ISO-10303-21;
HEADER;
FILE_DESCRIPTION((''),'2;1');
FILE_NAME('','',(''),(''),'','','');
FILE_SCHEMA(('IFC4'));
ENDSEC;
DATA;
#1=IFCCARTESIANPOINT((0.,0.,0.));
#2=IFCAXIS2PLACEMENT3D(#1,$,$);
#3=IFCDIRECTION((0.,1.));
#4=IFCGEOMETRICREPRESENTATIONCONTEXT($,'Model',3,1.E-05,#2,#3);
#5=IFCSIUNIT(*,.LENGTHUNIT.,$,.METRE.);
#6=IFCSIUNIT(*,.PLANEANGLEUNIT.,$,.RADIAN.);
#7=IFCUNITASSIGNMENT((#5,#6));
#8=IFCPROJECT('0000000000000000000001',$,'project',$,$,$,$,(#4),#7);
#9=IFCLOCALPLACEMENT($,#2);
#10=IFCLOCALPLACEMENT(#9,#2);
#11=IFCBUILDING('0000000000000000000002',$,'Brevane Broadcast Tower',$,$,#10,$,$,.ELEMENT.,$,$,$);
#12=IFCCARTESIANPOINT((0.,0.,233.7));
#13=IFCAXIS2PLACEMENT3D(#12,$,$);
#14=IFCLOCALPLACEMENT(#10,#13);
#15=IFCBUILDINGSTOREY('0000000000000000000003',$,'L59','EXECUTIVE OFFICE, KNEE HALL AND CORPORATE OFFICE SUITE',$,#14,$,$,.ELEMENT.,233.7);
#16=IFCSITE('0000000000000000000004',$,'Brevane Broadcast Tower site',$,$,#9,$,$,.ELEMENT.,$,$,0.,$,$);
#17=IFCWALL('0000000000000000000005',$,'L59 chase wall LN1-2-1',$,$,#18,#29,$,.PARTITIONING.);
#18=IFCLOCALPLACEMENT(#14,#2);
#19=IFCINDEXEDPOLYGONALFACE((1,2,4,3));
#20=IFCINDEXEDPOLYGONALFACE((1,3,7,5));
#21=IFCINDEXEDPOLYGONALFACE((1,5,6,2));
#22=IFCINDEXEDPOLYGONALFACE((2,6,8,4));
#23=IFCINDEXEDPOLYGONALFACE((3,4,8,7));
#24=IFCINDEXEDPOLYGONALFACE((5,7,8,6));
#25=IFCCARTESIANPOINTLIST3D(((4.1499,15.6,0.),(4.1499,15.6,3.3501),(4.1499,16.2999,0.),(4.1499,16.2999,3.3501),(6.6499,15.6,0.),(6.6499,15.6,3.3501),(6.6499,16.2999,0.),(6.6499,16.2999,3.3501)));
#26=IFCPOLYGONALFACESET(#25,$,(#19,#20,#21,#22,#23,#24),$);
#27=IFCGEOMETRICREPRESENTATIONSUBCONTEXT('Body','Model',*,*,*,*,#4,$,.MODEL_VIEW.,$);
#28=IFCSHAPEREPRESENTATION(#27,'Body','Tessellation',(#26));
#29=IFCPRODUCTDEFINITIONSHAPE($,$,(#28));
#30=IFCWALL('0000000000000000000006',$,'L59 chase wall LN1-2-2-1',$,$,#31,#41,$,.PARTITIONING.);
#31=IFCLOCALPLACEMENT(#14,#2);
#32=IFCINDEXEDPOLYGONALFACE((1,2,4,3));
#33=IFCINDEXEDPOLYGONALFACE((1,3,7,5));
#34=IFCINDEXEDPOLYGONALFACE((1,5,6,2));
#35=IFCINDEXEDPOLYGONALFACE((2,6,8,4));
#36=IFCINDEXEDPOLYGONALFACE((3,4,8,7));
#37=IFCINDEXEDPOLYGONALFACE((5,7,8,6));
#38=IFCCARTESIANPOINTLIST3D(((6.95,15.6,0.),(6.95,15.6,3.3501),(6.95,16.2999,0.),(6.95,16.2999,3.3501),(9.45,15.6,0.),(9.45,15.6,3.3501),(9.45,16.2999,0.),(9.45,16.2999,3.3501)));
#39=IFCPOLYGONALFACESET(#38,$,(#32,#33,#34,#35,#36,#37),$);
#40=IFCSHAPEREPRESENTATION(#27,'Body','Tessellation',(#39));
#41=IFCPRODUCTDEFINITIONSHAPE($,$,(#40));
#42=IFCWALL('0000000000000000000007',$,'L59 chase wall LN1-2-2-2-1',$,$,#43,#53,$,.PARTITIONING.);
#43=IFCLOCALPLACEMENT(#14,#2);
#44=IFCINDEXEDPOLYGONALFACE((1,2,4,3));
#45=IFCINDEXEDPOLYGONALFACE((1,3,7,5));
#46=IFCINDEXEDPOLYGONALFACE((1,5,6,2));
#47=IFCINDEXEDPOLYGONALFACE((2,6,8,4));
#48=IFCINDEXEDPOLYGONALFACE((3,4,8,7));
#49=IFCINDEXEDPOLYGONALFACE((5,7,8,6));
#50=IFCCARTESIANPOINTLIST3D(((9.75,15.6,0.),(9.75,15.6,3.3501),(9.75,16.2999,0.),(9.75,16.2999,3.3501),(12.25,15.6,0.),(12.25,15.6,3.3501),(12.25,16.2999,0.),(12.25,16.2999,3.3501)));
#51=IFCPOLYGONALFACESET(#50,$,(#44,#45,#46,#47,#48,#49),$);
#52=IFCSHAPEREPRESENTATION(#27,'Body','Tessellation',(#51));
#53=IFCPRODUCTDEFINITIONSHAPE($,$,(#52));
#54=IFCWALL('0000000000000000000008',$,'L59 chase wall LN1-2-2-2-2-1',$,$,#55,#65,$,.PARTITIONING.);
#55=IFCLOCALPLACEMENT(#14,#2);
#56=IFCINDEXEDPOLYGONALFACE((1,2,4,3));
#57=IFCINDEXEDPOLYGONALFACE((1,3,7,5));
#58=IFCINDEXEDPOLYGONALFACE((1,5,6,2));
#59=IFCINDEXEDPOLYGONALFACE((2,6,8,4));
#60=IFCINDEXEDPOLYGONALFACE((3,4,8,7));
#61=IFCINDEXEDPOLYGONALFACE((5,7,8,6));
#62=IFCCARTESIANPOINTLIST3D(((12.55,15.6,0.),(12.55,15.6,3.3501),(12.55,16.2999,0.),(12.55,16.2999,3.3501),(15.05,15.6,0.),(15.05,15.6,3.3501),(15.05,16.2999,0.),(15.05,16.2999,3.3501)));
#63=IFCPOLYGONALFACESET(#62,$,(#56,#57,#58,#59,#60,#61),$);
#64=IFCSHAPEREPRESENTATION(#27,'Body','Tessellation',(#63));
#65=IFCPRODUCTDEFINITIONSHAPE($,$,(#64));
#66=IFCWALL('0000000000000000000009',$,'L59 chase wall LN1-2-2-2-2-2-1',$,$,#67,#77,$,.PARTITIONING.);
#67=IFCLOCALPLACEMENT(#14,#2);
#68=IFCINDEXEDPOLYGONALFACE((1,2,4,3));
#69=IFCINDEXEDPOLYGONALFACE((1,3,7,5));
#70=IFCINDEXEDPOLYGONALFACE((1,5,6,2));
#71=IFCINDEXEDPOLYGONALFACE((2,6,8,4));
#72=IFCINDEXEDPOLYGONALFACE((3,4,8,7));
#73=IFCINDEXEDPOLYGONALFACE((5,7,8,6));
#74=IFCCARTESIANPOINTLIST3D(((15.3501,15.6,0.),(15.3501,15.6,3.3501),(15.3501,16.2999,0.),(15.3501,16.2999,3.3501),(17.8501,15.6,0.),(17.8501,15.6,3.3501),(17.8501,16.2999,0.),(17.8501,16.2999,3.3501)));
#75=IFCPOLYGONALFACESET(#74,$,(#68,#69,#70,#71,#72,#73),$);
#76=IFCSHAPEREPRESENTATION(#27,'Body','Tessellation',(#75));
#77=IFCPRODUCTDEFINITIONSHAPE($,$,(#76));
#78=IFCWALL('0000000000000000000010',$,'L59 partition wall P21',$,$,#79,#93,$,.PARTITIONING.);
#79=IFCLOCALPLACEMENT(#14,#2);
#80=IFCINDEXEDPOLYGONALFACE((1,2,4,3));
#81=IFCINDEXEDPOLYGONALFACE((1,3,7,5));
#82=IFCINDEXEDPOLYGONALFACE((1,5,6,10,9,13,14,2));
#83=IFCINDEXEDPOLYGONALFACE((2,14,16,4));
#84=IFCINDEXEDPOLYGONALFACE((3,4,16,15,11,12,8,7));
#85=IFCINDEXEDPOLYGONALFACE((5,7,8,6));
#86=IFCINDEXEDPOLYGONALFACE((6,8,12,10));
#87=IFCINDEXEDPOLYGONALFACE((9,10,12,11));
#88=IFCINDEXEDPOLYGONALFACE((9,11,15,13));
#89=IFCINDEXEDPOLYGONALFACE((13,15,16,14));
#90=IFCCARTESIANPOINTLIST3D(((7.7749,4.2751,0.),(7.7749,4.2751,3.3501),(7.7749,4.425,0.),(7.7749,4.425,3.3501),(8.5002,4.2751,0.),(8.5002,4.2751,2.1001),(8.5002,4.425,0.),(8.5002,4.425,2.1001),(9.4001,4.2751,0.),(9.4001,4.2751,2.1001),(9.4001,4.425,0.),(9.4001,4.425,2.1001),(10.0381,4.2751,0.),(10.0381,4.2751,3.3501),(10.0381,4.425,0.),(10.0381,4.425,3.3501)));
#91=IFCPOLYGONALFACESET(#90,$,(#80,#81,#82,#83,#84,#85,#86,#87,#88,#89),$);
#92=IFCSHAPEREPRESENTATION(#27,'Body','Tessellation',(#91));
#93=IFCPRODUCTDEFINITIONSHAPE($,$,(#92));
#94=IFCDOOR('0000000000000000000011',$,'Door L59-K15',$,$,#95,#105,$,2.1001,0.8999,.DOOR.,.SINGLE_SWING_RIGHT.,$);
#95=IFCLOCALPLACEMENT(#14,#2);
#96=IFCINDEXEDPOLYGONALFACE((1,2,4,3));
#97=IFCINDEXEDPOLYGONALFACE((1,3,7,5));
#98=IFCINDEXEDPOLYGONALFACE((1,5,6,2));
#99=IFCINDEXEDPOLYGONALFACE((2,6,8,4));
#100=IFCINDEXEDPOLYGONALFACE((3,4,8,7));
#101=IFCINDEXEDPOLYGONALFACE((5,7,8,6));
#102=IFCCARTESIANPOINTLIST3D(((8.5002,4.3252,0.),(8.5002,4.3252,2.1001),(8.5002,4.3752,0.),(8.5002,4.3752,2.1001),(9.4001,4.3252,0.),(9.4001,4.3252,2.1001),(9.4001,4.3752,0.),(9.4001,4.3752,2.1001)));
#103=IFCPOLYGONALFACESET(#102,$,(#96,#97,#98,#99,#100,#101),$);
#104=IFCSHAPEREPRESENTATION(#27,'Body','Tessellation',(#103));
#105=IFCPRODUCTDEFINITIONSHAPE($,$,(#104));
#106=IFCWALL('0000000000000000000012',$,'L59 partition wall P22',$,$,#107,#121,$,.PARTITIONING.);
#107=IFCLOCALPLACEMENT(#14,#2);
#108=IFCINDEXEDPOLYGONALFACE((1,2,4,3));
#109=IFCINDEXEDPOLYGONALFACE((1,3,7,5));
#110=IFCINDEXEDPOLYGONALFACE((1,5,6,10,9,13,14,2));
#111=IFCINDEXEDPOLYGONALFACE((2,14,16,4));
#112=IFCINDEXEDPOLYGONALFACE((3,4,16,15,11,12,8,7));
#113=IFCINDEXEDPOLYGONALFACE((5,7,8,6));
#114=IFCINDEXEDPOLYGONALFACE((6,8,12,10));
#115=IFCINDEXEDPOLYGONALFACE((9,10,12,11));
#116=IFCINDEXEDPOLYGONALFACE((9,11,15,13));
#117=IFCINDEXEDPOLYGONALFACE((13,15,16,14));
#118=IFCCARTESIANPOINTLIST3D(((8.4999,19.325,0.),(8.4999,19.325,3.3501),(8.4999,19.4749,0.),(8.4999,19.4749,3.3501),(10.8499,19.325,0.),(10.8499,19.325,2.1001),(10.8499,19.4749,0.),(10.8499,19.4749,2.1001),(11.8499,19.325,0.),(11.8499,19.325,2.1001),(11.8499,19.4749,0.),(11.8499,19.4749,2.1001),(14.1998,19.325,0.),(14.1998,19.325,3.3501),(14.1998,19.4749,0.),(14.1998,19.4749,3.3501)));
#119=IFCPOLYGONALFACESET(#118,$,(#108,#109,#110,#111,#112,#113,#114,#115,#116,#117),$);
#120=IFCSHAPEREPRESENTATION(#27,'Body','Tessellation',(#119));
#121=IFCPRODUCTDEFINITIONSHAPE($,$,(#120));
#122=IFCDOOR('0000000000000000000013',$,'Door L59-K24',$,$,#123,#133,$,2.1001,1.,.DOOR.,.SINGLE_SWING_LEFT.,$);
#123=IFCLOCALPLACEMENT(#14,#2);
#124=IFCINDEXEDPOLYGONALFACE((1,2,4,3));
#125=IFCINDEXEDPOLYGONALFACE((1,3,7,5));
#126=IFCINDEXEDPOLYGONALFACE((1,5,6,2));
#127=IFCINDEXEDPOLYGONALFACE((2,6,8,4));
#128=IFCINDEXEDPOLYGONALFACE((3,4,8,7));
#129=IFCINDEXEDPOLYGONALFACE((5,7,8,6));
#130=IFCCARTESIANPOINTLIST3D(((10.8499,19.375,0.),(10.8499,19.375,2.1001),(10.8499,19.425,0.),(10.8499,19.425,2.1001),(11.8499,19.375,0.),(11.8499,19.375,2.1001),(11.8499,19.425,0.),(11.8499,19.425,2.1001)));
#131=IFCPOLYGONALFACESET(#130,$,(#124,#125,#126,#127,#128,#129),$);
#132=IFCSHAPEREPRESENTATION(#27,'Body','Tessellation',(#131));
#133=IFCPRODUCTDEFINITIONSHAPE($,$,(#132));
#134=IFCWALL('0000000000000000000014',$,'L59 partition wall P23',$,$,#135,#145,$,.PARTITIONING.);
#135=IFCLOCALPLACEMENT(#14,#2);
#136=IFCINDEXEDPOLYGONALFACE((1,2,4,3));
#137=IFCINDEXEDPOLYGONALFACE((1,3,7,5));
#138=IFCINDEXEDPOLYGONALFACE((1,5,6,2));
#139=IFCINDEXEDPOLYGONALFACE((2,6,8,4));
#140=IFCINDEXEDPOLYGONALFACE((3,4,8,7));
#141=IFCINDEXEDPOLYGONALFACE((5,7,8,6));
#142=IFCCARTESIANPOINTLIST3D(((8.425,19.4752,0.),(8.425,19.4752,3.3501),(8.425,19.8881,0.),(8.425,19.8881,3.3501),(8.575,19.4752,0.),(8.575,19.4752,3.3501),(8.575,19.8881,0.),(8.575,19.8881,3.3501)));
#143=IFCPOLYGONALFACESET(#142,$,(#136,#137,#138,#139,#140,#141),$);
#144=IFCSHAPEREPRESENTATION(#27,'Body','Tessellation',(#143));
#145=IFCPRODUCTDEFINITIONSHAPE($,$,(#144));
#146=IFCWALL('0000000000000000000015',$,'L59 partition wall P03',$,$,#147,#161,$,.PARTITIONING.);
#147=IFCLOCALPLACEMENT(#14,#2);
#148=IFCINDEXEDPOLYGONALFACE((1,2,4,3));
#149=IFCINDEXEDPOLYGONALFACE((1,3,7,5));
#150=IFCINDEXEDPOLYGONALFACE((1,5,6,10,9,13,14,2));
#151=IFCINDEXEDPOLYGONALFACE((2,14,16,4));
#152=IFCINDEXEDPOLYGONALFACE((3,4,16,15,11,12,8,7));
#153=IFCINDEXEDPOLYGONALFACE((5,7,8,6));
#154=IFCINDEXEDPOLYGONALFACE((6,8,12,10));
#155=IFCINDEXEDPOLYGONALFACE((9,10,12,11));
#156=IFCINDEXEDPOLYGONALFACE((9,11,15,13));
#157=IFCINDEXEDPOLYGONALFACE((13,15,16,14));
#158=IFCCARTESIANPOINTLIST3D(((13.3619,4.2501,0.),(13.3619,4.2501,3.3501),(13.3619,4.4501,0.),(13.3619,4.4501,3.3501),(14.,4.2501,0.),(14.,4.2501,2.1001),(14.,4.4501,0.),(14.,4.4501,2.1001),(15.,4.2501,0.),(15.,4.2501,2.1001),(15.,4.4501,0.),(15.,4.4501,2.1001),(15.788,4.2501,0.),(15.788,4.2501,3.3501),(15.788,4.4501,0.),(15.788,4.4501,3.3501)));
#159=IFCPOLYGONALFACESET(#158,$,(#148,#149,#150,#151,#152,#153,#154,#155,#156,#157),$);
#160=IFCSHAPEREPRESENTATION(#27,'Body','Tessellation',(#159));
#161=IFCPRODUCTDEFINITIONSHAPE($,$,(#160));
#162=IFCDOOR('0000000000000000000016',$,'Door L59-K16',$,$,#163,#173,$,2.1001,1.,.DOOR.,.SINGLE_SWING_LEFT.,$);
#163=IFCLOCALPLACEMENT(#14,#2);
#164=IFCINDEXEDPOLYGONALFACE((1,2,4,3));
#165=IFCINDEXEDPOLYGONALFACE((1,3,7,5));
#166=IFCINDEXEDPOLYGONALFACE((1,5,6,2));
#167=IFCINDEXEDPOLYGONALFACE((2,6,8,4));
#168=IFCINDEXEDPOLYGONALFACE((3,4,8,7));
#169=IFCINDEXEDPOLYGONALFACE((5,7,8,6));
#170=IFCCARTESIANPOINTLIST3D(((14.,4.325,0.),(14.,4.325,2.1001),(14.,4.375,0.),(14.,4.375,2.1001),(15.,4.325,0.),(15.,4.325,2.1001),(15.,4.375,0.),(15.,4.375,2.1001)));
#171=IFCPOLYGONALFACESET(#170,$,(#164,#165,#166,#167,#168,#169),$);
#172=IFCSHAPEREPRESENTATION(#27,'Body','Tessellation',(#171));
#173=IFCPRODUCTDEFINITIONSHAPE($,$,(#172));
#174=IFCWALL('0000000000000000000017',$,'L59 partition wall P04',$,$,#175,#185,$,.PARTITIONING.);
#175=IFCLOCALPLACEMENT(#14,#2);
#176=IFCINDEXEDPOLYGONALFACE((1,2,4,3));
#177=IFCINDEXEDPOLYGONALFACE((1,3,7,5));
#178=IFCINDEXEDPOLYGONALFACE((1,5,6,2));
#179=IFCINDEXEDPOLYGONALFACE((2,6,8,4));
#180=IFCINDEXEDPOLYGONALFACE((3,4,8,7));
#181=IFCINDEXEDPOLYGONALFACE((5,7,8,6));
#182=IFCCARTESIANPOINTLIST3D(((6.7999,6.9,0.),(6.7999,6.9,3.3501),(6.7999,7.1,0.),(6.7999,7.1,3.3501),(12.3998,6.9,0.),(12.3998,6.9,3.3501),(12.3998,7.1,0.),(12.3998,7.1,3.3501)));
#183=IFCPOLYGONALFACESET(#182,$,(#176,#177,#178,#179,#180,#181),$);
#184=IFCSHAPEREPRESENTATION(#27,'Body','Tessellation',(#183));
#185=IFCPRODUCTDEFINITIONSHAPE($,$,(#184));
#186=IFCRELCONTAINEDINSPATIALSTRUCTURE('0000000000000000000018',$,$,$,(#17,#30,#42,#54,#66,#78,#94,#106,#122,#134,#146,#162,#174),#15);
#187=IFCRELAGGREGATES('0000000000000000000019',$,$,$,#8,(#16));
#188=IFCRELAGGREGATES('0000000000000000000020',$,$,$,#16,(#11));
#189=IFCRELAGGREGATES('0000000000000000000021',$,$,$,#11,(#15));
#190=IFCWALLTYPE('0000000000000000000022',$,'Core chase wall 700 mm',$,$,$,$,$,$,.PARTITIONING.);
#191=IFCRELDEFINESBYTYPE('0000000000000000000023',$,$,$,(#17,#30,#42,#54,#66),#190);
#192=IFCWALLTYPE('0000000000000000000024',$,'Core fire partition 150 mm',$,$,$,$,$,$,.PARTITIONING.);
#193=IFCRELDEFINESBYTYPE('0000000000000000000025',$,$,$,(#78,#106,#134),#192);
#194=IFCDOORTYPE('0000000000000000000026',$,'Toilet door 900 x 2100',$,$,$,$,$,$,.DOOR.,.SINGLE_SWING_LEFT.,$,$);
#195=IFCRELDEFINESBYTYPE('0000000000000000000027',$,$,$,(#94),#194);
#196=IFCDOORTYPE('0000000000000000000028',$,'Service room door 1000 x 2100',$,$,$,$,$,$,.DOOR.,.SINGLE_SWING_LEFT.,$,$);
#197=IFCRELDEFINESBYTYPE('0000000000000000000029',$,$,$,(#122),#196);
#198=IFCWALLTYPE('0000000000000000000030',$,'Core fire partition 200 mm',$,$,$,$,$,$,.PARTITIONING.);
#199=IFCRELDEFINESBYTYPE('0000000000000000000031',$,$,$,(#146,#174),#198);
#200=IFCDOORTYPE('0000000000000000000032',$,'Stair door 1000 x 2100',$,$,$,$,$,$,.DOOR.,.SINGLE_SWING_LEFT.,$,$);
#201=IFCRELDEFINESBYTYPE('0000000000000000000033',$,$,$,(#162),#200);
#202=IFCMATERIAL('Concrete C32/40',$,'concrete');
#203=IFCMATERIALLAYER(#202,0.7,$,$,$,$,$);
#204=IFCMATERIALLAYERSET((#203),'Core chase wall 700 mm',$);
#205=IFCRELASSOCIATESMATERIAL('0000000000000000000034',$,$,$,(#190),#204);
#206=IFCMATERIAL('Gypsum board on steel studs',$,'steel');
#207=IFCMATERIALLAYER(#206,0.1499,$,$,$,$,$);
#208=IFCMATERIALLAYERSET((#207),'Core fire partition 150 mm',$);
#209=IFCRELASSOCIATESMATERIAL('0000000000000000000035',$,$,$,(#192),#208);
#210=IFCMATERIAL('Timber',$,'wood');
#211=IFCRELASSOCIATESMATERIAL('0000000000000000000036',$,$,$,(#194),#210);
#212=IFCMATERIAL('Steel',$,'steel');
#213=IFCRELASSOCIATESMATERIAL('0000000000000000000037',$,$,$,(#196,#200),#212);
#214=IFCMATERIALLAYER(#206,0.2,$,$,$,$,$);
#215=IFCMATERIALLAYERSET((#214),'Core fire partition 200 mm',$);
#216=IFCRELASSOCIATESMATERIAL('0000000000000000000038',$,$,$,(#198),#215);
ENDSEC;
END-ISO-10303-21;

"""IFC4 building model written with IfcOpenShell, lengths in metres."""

from ifc_helpers import new_model, si_unit, direction, frame, frame_2d, origin, place, context, subcontext, project, spatial, rectangle, extrude, material, layer, layer_set, type_object, element, fill, save


model = new_model("IFC4")

# Units and contexts
model_context = context("Model", 3, precision=1e-05, world=origin(), true_north=direction((0.0, 1.0)))
body_context = subcontext(model_context, "Body", "Model", "MODEL_VIEW")
ifc_project = project(units=[si_unit("LENGTHUNIT", "METRE"), si_unit("PLANEANGLEUNIT", "RADIAN")], contexts=[model_context])

# Site, building, storey
site_placement = place(None, origin())
site = spatial("IfcSite", under=ifc_project, at=site_placement, Name="Brevane Broadcast Tower site", CompositionType="ELEMENT", RefElevation=0.0)
building_placement = place(site_placement, origin())
building = spatial("IfcBuilding", under=site, at=building_placement, Name="Brevane Broadcast Tower", CompositionType="ELEMENT")
storey_placement = place(building_placement, frame((0.0, 0.0, 233.7)))
storey = spatial("IfcBuildingStorey", under=building, at=storey_placement, Name="L59", Description="EXECUTIVE OFFICE, KNEE HALL AND CORPORATE OFFICE SUITE", CompositionType="ELEMENT", Elevation=233.7)

# Walls
ifc_material_1 = material(Name="Concrete C32/40", Category="concrete")
ifc_layer_1 = layer(ifc_material_1, 0.7)
ifc_layer_set_1 = layer_set([ifc_layer_1], Name="Core chase wall 700 mm")
wall_type_1 = type_object("IfcWallType", Name="Core chase wall 700 mm", PredefinedType="PARTITIONING", material=ifc_layer_set_1)
for number, where, z_axis, x_axis, name in (
    (1, (4.1499, 15.95, 0.0), (0.0, 0.0, 1.0), (1.0, 0.0, 0.0), "L59 chase wall LN1-2-1"),
    (2, (6.95, 15.95, 0.0), (0.0, 0.0, 1.0), (1.0, 0.0, 0.0), "L59 chase wall LN1-2-2-1"),
    (3, (9.75, 15.95, 0.0), (0.0, 0.0, 1.0), (1.0, 0.0, 0.0), "L59 chase wall LN1-2-2-2-1"),
    (4, (12.55, 15.95, 0.0), (0.0, 0.0, 1.0), (1.0, 0.0, 0.0), "L59 chase wall LN1-2-2-2-2-1"),
    (5, (15.3501, 15.95, 0.0), (0.0, 0.0, 1.0), (1.0, 0.0, 0.0), "L59 chase wall LN1-2-2-2-2-2-1"),
):
    element("IfcWall", number, at=place(storey_placement, frame(where, z_axis=z_axis, x_axis=x_axis)), inside=storey, type_object=wall_type_1, Name=name, PredefinedType="PARTITIONING", context=body_context, shape_type="SweptSolid", body=[
        extrude(rectangle(XDim=2.5, YDim=0.7, at=frame_2d((1.25, 0.0))), origin(), (0.0, 0.0, 1.0), 3.3501),
    ])

# Walls, openings, doors
ifc_material_2 = material(Name="Gypsum board on steel studs", Category="steel")
ifc_layer_2 = layer(ifc_material_2, 0.1499)
ifc_layer_set_2 = layer_set([ifc_layer_2], Name="Core fire partition 150 mm")
wall_type_2 = type_object("IfcWallType", Name="Core fire partition 150 mm", PredefinedType="PARTITIONING", material=ifc_layer_set_2)
wall_1_placement = place(storey_placement, frame((10.0381, 4.3501, 0.0), z_axis=(0.0, 0.0, 1.0), x_axis=(-1.0, 0.0, 0.0)))
wall_1 = element("IfcWall", 6, at=wall_1_placement, inside=storey, type_object=wall_type_2, Name="L59 partition wall P21", PredefinedType="PARTITIONING", context=body_context, shape_type="SweptSolid", body=[
    extrude(rectangle(XDim=2.2632, YDim=0.1499, at=frame_2d((1.1316, 0.0))), origin(), (0.0, 0.0, 1.0), 3.3501),
])
opening_1_placement = place(wall_1_placement, frame((0.6379, 0.0, 0.0)))
opening_1 = element("IfcOpeningElement", 7, at=opening_1_placement, cuts=wall_1, PredefinedType="OPENING", context=body_context, shape_type="SweptSolid", body=[
    extrude(rectangle(XDim=0.8999, YDim=2.1001, at=frame_2d((0.45, 1.05))), frame((0.0, 0.085, 0.0), z_axis=(0.0, -1.0, 0.0), x_axis=(1.0, 0.0, 0.0)), (0.0, 0.0, 1.0), 0.1699),
])
ifc_material_3 = material(Name="Timber", Category="wood")
door_type_1 = type_object("IfcDoorType", Name="Toilet door 900 x 2100", OperationType="SINGLE_SWING_LEFT", PredefinedType="DOOR", material=ifc_material_3)
door_1_placement = place(opening_1_placement, origin())
door_1 = element("IfcDoor", 8, at=door_1_placement, inside=storey, type_object=door_type_1, Name="Door L59-K15", OperationType="SINGLE_SWING_RIGHT", OverallHeight=2.1001, OverallWidth=0.8999, PredefinedType="DOOR", context=body_context, shape_type="SweptSolid", body=[
    extrude(rectangle(XDim=0.8999, YDim=2.1001, at=frame_2d((0.45, 1.05))), frame((0.0, 0.0249, 0.0), z_axis=(0.0, -1.0, 0.0), x_axis=(1.0, 0.0, 0.0)), (0.0, 0.0, 1.0), 0.05),
])
fill(opening_1, door_1)
wall_2_placement = place(storey_placement, frame((14.2, 19.3999, 0.0), z_axis=(0.0, 0.0, 1.0), x_axis=(-1.0, 0.0, 0.0)))
wall_2 = element("IfcWall", 9, at=wall_2_placement, inside=storey, type_object=wall_type_2, Name="L59 partition wall P22", PredefinedType="PARTITIONING", context=body_context, shape_type="SweptSolid", body=[
    extrude(rectangle(XDim=5.7, YDim=0.1499, at=frame_2d((2.8501, 0.0))), origin(), (0.0, 0.0, 1.0), 3.3501),
])
opening_2_placement = place(wall_2_placement, frame((2.3501, 0.0, 0.0)))
opening_2 = element("IfcOpeningElement", 10, at=opening_2_placement, cuts=wall_2, PredefinedType="OPENING", context=body_context, shape_type="SweptSolid", body=[
    extrude(rectangle(XDim=1.0, YDim=2.1001, at=frame_2d((0.5, 1.05))), frame((0.0, 0.085, 0.0), z_axis=(0.0, -1.0, 0.0), x_axis=(1.0, 0.0, 0.0)), (0.0, 0.0, 1.0), 0.1699),
])
ifc_material_4 = material(Name="Steel", Category="steel")
door_type_2 = type_object("IfcDoorType", Name="Service room door 1000 x 2100", OperationType="SINGLE_SWING_LEFT", PredefinedType="DOOR", material=ifc_material_4)
door_2_placement = place(opening_2_placement, origin())
door_2 = element("IfcDoor", 11, at=door_2_placement, inside=storey, type_object=door_type_2, Name="Door L59-K24", OperationType="SINGLE_SWING_LEFT", OverallHeight=2.1001, OverallWidth=1.0, PredefinedType="DOOR", context=body_context, shape_type="SweptSolid", body=[
    extrude(rectangle(XDim=1.0, YDim=2.1001, at=frame_2d((0.5, 1.05))), frame((0.0, 0.0249, 0.0), z_axis=(0.0, -1.0, 0.0), x_axis=(1.0, 0.0, 0.0)), (0.0, 0.0, 1.0), 0.05),
])
fill(opening_2, door_2)

# Wall
wall_3_placement = place(storey_placement, frame((8.5, 19.4751, 0.0), z_axis=(0.0, 0.0, 1.0), x_axis=(0.0, 1.0, 0.0)))
element("IfcWall", 12, at=wall_3_placement, inside=storey, type_object=wall_type_2, Name="L59 partition wall P23", PredefinedType="PARTITIONING", context=body_context, shape_type="SweptSolid", body=[
    extrude(rectangle(XDim=0.4128, YDim=0.1499, at=frame_2d((0.2065, 0.0))), origin(), (0.0, 0.0, 1.0), 3.3501),
])

# Wall, opening, door
ifc_layer_3 = layer(ifc_material_2, 0.2)
ifc_layer_set_3 = layer_set([ifc_layer_3], Name="Core fire partition 200 mm")
wall_type_3 = type_object("IfcWallType", Name="Core fire partition 200 mm", PredefinedType="PARTITIONING", material=ifc_layer_set_3)
wall_4_placement = place(storey_placement, frame((13.3621, 4.3501, 0.0), z_axis=(0.0, 0.0, 1.0), x_axis=(1.0, 0.0, 0.0)))
wall_4 = element("IfcWall", 13, at=wall_4_placement, inside=storey, type_object=wall_type_3, Name="L59 partition wall P03", PredefinedType="PARTITIONING", context=body_context, shape_type="SweptSolid", body=[
    extrude(rectangle(XDim=2.426, YDim=0.2, at=frame_2d((1.2129, 0.0))), origin(), (0.0, 0.0, 1.0), 3.3501),
])
opening_3_placement = place(wall_4_placement, frame((0.6379, 0.0, 0.0)))
opening_3 = element("IfcOpeningElement", 14, at=opening_3_placement, cuts=wall_4, PredefinedType="OPENING", context=body_context, shape_type="SweptSolid", body=[
    extrude(rectangle(XDim=1.0, YDim=2.1001, at=frame_2d((0.5, 1.05))), frame((0.0, 0.1099, 0.0), z_axis=(0.0, -1.0, 0.0), x_axis=(1.0, 0.0, 0.0)), (0.0, 0.0, 1.0), 0.22),
])
door_type_3 = type_object("IfcDoorType", Name="Stair door 1000 x 2100", OperationType="SINGLE_SWING_LEFT", PredefinedType="DOOR", material=ifc_material_4)
door_3_placement = place(opening_3_placement, origin())
door_3 = element("IfcDoor", 15, at=door_3_placement, inside=storey, type_object=door_type_3, Name="Door L59-K16", OperationType="SINGLE_SWING_LEFT", OverallHeight=2.1001, OverallWidth=1.0, PredefinedType="DOOR", context=body_context, shape_type="SweptSolid", body=[
    extrude(rectangle(XDim=1.0, YDim=2.1001, at=frame_2d((0.5, 1.05))), frame((0.0, 0.0249, 0.0), z_axis=(0.0, -1.0, 0.0), x_axis=(1.0, 0.0, 0.0)), (0.0, 0.0, 1.0), 0.05),
])
fill(opening_3, door_3)

# Wall
wall_5_placement = place(storey_placement, frame((6.8, 7.0, 0.0), z_axis=(0.0, 0.0, 1.0), x_axis=(1.0, 0.0, 0.0)))
element("IfcWall", 16, at=wall_5_placement, inside=storey, type_object=wall_type_3, Name="L59 partition wall P04", PredefinedType="PARTITIONING", context=body_context, shape_type="SweptSolid", body=[
    extrude(rectangle(XDim=5.5999, YDim=0.2, at=frame_2d((2.7998, 0.0))), origin(), (0.0, 0.0, 1.0), 3.3501),
])

save(model, "model.ifc")
